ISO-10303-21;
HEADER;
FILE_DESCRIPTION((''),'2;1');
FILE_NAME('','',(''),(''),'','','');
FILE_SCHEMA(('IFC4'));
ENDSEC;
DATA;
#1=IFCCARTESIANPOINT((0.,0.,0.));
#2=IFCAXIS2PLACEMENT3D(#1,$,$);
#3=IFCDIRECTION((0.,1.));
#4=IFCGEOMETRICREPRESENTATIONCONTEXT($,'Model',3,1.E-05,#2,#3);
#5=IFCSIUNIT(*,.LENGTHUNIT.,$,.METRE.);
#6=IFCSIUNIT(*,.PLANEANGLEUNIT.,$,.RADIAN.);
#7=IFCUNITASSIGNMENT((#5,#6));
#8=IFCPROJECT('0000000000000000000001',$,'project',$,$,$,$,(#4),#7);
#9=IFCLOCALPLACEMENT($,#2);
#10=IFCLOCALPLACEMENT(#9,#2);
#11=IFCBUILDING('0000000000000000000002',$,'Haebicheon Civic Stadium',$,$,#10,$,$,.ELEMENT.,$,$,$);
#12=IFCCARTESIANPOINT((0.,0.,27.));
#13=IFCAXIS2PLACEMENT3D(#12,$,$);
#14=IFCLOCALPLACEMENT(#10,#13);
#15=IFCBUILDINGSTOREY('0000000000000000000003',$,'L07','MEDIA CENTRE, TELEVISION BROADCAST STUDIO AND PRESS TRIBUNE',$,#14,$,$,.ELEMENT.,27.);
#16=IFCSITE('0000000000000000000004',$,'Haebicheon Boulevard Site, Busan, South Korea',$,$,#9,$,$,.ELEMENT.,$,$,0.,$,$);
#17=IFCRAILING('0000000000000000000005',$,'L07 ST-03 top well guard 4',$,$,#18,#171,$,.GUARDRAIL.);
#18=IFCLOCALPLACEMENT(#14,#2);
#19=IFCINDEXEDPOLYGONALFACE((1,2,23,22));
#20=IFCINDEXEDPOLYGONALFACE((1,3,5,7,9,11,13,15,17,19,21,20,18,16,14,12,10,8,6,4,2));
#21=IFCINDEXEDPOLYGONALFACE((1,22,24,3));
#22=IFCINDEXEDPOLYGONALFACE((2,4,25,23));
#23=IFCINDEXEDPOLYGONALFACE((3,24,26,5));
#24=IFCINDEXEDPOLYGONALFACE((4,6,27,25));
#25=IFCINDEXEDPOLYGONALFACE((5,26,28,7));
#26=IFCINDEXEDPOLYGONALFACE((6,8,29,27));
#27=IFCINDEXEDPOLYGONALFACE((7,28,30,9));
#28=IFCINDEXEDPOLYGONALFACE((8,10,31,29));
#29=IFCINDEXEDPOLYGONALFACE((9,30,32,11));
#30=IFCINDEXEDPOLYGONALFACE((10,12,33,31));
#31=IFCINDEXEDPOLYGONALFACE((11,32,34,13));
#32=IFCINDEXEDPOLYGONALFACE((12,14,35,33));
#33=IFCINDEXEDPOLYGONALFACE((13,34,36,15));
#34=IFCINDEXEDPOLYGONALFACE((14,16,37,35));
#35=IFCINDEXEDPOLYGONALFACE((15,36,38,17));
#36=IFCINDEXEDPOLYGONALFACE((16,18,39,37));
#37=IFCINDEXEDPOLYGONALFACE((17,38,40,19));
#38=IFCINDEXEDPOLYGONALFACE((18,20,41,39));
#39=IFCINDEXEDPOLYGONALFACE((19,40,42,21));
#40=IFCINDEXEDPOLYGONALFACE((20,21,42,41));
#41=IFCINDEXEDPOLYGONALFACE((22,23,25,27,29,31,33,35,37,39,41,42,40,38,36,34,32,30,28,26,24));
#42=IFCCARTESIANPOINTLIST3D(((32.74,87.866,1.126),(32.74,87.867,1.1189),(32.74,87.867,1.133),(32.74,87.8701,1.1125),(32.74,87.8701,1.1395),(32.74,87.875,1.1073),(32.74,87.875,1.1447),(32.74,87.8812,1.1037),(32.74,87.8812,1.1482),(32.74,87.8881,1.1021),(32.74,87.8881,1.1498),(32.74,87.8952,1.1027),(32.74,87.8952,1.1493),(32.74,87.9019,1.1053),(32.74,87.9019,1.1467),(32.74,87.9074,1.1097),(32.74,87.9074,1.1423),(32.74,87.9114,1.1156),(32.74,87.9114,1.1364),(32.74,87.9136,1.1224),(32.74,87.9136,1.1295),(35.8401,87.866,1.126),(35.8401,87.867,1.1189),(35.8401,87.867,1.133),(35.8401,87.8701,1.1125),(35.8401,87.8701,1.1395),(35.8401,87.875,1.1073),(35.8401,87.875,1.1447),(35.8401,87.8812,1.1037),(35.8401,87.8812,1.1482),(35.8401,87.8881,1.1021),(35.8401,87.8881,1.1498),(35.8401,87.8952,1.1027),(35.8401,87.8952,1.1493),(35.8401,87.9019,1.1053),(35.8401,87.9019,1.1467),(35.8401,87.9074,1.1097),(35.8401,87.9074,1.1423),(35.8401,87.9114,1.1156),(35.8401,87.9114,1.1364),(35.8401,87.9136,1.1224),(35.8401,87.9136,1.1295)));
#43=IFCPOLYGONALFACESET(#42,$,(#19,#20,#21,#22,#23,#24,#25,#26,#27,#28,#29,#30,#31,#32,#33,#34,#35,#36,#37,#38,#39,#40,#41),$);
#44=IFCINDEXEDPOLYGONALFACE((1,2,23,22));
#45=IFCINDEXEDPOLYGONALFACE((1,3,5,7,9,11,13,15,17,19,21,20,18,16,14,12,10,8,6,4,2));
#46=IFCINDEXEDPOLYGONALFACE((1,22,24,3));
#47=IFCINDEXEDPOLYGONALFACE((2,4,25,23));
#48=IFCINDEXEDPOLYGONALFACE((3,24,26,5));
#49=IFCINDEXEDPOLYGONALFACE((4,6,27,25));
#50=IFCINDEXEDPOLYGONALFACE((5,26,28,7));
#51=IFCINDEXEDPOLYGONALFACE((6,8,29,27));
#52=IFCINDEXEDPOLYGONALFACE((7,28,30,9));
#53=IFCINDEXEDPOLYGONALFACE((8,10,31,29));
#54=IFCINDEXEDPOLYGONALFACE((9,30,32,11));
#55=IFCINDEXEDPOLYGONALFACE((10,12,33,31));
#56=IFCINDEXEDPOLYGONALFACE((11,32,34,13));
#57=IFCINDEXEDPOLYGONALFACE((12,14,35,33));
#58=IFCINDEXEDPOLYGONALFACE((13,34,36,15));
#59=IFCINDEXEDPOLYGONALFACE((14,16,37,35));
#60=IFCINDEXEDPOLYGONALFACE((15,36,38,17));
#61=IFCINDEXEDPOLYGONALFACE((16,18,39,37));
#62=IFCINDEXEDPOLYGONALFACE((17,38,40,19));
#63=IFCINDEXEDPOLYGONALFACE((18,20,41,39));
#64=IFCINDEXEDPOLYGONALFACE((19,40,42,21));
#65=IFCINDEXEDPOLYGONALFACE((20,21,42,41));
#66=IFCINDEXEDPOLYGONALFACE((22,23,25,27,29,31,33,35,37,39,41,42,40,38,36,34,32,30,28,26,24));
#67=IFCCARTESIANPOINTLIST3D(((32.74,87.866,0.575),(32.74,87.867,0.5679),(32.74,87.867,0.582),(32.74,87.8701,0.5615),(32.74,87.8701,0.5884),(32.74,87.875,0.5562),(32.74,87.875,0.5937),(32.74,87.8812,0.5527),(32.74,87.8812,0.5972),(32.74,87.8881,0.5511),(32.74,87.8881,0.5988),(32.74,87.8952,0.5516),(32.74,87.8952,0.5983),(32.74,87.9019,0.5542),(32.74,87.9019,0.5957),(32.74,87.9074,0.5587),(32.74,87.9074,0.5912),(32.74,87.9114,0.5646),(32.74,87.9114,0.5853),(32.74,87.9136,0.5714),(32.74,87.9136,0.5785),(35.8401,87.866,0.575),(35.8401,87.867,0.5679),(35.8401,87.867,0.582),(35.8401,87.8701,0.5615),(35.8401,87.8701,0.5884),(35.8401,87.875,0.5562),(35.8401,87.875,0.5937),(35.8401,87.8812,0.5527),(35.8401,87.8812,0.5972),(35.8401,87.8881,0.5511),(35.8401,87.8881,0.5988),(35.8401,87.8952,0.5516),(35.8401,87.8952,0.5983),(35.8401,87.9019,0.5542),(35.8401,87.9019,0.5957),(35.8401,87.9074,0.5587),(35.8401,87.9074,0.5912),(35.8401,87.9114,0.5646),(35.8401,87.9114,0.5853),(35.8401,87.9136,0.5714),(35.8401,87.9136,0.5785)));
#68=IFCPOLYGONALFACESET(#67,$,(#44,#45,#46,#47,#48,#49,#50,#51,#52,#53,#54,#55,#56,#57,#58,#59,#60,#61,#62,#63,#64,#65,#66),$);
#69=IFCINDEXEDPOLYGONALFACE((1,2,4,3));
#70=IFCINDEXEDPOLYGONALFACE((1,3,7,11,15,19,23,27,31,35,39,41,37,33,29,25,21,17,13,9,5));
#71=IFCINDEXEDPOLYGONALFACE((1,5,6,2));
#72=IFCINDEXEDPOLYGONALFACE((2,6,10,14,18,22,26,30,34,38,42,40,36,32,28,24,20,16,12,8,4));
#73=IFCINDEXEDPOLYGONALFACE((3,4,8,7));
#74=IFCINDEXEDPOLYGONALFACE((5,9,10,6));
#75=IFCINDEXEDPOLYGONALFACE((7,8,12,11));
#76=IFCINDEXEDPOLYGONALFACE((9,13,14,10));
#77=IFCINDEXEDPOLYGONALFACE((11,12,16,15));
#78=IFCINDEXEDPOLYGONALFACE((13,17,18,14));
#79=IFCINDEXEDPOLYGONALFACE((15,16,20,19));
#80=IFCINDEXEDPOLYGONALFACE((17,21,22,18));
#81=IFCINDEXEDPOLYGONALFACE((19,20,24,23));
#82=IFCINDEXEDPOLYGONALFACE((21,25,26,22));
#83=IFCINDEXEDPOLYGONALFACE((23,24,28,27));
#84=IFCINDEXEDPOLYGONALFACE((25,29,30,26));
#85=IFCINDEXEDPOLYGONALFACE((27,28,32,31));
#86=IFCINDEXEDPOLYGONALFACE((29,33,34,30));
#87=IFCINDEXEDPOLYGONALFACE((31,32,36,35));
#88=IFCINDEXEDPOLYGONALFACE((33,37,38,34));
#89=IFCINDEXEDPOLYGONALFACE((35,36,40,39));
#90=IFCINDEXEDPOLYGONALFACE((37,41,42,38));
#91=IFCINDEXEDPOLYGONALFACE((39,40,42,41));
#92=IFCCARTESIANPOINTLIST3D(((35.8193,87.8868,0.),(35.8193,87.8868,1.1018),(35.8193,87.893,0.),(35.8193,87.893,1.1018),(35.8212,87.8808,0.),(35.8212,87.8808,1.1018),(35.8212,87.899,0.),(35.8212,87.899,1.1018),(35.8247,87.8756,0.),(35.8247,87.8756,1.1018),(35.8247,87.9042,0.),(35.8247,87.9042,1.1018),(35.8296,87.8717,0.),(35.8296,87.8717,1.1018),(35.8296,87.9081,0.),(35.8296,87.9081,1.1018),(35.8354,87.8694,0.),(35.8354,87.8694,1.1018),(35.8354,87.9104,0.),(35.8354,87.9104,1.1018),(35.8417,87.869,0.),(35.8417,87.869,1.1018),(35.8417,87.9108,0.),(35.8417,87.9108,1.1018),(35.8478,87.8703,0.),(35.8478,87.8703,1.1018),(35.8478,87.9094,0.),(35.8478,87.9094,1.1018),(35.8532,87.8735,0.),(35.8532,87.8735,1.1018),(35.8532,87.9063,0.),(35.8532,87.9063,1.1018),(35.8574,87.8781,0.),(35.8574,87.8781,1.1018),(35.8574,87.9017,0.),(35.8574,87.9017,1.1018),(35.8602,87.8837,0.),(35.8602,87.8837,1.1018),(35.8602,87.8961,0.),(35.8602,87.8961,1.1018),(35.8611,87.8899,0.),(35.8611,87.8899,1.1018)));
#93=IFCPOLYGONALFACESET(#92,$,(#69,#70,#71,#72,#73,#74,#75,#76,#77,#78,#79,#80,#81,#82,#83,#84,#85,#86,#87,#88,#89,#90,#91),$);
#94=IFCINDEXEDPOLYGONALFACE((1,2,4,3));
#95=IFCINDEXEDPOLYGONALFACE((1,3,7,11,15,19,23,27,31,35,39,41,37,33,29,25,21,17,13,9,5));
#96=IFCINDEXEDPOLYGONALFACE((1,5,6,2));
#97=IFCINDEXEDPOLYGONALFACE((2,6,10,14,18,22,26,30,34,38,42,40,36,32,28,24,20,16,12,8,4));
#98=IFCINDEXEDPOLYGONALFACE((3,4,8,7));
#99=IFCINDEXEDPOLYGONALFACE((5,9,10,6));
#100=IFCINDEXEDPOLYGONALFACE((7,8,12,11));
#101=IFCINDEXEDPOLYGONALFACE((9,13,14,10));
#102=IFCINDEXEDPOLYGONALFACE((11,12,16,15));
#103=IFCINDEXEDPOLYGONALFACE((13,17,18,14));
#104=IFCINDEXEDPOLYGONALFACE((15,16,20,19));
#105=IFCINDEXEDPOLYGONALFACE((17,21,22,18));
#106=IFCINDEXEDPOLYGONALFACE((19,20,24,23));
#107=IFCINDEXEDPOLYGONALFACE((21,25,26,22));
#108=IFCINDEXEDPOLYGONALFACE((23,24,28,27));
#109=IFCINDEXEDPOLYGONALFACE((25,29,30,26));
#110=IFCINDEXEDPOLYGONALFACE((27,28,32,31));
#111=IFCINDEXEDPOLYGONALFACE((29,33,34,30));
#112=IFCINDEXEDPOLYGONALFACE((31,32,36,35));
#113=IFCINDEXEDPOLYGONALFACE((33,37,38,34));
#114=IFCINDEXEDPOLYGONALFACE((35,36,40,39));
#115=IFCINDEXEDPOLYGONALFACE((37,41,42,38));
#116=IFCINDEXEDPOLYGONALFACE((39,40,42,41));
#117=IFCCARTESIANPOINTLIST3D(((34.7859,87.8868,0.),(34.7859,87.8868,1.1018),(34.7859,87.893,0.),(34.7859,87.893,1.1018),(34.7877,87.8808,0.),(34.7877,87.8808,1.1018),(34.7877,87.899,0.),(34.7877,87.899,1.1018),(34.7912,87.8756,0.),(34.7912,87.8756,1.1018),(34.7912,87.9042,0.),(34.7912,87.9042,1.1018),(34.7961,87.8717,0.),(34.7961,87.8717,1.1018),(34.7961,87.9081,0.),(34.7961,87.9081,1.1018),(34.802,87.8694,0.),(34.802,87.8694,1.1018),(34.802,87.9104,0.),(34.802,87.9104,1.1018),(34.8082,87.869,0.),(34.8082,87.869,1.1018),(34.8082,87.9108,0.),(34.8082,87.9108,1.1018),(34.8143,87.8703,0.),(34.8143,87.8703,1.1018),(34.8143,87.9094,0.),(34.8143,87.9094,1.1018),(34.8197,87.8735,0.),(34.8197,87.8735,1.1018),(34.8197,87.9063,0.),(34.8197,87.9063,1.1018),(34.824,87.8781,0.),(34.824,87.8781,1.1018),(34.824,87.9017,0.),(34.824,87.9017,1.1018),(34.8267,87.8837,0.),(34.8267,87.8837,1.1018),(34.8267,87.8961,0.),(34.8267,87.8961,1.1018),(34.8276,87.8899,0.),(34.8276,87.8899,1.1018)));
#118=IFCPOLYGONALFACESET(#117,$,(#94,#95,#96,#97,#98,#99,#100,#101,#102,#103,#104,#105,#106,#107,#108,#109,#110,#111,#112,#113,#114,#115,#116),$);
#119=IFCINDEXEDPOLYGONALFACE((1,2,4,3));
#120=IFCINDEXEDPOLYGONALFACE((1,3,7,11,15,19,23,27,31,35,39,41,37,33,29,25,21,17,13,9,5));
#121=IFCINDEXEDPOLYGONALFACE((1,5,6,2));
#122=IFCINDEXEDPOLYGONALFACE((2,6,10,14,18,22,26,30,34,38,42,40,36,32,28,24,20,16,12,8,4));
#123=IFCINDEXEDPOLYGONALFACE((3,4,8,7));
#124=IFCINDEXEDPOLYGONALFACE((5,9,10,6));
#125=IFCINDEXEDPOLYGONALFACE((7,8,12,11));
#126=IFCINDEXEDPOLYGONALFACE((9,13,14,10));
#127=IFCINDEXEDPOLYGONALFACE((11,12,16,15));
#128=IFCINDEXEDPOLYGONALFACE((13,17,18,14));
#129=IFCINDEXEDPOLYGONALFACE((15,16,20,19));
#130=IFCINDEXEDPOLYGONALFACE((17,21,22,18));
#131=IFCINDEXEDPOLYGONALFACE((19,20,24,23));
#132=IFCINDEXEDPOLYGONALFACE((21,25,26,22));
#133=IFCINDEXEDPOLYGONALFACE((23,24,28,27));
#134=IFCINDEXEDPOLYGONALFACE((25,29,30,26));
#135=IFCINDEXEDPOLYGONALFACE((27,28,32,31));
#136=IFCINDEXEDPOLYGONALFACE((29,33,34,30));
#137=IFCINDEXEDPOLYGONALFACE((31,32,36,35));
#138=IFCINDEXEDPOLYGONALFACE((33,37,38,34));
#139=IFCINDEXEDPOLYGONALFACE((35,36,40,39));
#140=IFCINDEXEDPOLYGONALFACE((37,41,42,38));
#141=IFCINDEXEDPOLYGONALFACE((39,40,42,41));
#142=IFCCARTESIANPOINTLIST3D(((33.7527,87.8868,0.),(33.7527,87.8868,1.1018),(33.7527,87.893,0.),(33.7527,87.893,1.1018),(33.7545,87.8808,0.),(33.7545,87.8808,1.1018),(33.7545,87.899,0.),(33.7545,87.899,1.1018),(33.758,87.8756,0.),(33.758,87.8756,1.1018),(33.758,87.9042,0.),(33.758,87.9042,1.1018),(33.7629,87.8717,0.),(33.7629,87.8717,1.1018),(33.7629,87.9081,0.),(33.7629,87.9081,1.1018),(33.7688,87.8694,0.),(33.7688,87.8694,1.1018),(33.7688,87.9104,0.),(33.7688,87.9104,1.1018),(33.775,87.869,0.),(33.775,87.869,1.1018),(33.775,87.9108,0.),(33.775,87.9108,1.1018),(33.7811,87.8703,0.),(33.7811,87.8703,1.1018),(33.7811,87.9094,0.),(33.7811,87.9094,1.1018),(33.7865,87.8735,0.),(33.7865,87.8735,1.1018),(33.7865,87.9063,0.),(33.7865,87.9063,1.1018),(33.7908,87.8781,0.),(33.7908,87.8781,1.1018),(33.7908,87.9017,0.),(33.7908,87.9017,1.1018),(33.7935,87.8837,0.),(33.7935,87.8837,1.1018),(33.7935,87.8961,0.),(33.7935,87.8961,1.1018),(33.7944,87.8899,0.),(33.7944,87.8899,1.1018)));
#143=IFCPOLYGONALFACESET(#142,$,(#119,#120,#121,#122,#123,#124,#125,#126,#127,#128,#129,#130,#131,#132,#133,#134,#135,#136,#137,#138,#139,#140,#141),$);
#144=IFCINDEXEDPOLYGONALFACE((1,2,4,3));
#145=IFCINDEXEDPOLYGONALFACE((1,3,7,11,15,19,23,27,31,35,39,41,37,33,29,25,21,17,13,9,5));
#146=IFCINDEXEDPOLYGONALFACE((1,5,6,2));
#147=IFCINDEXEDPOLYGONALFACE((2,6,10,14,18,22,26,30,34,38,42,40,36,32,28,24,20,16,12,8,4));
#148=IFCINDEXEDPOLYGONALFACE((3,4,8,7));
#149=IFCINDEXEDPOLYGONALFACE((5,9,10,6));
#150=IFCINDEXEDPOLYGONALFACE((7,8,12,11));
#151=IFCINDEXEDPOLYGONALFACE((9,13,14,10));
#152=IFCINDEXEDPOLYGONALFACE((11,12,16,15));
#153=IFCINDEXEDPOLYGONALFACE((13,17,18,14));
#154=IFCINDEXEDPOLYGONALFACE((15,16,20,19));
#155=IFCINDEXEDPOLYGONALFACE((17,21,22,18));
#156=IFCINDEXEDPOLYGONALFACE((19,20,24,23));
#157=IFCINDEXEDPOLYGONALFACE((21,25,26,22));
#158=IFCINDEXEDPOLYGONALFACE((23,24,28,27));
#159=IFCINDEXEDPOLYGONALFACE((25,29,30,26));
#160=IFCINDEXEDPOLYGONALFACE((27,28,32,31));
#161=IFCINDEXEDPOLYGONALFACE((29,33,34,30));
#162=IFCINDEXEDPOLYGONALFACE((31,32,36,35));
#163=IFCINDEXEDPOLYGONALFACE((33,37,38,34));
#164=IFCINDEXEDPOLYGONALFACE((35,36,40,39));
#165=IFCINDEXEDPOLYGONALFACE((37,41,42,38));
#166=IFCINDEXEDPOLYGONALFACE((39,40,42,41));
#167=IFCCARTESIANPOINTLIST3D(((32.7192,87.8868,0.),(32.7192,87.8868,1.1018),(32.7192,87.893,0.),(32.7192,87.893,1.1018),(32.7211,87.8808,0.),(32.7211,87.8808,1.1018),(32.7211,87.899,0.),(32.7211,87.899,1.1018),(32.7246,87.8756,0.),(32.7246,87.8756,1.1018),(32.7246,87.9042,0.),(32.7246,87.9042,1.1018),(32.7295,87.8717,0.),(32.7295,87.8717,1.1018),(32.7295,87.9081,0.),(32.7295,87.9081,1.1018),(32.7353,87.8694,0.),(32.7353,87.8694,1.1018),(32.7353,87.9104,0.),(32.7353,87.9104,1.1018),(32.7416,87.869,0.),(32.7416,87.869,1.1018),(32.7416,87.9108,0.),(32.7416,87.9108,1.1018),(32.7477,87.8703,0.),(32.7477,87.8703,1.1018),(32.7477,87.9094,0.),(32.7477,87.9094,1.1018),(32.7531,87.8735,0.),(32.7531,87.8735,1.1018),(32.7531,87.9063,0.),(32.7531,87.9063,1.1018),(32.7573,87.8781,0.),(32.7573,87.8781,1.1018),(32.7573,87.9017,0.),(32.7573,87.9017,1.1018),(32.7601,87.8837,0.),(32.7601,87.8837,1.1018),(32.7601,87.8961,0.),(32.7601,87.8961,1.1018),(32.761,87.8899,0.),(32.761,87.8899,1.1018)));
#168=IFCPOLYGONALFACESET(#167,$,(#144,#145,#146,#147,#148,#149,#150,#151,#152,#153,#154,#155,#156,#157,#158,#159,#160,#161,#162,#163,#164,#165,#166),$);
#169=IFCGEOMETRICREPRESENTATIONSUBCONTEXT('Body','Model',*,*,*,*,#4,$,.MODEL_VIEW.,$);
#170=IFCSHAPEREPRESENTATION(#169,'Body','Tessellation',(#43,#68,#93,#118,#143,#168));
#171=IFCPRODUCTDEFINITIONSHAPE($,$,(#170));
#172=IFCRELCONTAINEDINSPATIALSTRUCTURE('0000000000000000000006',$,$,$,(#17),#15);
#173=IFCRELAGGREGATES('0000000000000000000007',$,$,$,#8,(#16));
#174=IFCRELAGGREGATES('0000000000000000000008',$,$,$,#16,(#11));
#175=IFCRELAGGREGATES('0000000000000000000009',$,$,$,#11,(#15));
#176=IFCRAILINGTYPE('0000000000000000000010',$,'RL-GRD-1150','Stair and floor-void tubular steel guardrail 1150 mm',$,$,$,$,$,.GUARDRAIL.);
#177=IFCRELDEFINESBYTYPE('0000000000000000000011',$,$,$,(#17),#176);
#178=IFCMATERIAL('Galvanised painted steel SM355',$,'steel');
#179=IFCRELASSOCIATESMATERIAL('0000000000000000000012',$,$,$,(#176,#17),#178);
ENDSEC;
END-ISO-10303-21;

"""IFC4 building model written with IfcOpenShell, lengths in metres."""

from ifc_helpers import new_model, si_unit, direction, frame, origin, origin_2d, place, context, subcontext, project, spatial, circle, extrude, material, type_object, element, save


model = new_model("IFC4")

# Units and contexts
model_context = context("Model", 3, precision=1e-05, world=origin(), true_north=direction((0.0, 1.0)))
body_context = subcontext(model_context, "Body", "Model", "MODEL_VIEW")
ifc_project = project(units=[si_unit("LENGTHUNIT", "METRE"), si_unit("PLANEANGLEUNIT", "RADIAN")], contexts=[model_context])

# Site, building, storey
site_placement = place(None, origin())
site = spatial("IfcSite", under=ifc_project, at=site_placement, Name="Haebicheon Boulevard Site, Busan, South Korea", CompositionType="ELEMENT", RefElevation=0.0)
building_placement = place(site_placement, origin())
building = spatial("IfcBuilding", under=site, at=building_placement, Name="Haebicheon Civic Stadium", CompositionType="ELEMENT")
storey_placement = place(building_placement, frame((0.0, 0.0, 27.0)))
storey = spatial("IfcBuildingStorey", under=building, at=storey_placement, Name="L07", Description="MEDIA CENTRE, TELEVISION BROADCAST STUDIO AND PRESS TRIBUNE", CompositionType="ELEMENT", Elevation=27.0)

# Railing
ifc_material_1 = material(Name="Galvanised painted steel SM355", Category="steel")
railing_type = type_object("IfcRailingType", Name="RL-GRD-1150", Description="Stair and floor-void tubular steel guardrail 1150 mm", PredefinedType="GUARDRAIL", material=ifc_material_1)
railing_1_placement = place(storey_placement, frame((35.8401, 87.8899, 0.0)))
element("IfcRailing", 1, at=railing_1_placement, inside=storey, type_object=railing_type, material=ifc_material_1, Name="L07 ST-03 top well guard 4", PredefinedType="GUARDRAIL", context=body_context, shape_type="SweptSolid", body=[
    extrude(circle(Radius=0.0239, at=origin_2d()), frame((0.0, 0.0, 1.126), z_axis=(-1.0, 0.0, 0.0), x_axis=(0.0, -1.0, 0.0)), (0.0, 0.0, 1.0), 3.1001),
    extrude(circle(Radius=0.0239, at=origin_2d()), frame((0.0, 0.0, 0.575), z_axis=(-1.0, 0.0, 0.0), x_axis=(0.0, -1.0, 0.0)), (0.0, 0.0, 1.0), 3.1001),
    extrude(circle(Radius=0.021, at=origin_2d()), origin(), (0.0, 0.0, 1.0), 1.1018),
    extrude(circle(Radius=0.021, at=origin_2d()), frame((-1.0334, 0.0, 0.0)), (0.0, 0.0, 1.0), 1.1018),
    extrude(circle(Radius=0.021, at=origin_2d()), frame((-2.0667, 0.0, 0.0)), (0.0, 0.0, 1.0), 1.1018),
    extrude(circle(Radius=0.021, at=origin_2d()), frame((-3.1001, 0.0, 0.0)), (0.0, 0.0, 1.0), 1.1018),
])

save(model, "model.ifc")
